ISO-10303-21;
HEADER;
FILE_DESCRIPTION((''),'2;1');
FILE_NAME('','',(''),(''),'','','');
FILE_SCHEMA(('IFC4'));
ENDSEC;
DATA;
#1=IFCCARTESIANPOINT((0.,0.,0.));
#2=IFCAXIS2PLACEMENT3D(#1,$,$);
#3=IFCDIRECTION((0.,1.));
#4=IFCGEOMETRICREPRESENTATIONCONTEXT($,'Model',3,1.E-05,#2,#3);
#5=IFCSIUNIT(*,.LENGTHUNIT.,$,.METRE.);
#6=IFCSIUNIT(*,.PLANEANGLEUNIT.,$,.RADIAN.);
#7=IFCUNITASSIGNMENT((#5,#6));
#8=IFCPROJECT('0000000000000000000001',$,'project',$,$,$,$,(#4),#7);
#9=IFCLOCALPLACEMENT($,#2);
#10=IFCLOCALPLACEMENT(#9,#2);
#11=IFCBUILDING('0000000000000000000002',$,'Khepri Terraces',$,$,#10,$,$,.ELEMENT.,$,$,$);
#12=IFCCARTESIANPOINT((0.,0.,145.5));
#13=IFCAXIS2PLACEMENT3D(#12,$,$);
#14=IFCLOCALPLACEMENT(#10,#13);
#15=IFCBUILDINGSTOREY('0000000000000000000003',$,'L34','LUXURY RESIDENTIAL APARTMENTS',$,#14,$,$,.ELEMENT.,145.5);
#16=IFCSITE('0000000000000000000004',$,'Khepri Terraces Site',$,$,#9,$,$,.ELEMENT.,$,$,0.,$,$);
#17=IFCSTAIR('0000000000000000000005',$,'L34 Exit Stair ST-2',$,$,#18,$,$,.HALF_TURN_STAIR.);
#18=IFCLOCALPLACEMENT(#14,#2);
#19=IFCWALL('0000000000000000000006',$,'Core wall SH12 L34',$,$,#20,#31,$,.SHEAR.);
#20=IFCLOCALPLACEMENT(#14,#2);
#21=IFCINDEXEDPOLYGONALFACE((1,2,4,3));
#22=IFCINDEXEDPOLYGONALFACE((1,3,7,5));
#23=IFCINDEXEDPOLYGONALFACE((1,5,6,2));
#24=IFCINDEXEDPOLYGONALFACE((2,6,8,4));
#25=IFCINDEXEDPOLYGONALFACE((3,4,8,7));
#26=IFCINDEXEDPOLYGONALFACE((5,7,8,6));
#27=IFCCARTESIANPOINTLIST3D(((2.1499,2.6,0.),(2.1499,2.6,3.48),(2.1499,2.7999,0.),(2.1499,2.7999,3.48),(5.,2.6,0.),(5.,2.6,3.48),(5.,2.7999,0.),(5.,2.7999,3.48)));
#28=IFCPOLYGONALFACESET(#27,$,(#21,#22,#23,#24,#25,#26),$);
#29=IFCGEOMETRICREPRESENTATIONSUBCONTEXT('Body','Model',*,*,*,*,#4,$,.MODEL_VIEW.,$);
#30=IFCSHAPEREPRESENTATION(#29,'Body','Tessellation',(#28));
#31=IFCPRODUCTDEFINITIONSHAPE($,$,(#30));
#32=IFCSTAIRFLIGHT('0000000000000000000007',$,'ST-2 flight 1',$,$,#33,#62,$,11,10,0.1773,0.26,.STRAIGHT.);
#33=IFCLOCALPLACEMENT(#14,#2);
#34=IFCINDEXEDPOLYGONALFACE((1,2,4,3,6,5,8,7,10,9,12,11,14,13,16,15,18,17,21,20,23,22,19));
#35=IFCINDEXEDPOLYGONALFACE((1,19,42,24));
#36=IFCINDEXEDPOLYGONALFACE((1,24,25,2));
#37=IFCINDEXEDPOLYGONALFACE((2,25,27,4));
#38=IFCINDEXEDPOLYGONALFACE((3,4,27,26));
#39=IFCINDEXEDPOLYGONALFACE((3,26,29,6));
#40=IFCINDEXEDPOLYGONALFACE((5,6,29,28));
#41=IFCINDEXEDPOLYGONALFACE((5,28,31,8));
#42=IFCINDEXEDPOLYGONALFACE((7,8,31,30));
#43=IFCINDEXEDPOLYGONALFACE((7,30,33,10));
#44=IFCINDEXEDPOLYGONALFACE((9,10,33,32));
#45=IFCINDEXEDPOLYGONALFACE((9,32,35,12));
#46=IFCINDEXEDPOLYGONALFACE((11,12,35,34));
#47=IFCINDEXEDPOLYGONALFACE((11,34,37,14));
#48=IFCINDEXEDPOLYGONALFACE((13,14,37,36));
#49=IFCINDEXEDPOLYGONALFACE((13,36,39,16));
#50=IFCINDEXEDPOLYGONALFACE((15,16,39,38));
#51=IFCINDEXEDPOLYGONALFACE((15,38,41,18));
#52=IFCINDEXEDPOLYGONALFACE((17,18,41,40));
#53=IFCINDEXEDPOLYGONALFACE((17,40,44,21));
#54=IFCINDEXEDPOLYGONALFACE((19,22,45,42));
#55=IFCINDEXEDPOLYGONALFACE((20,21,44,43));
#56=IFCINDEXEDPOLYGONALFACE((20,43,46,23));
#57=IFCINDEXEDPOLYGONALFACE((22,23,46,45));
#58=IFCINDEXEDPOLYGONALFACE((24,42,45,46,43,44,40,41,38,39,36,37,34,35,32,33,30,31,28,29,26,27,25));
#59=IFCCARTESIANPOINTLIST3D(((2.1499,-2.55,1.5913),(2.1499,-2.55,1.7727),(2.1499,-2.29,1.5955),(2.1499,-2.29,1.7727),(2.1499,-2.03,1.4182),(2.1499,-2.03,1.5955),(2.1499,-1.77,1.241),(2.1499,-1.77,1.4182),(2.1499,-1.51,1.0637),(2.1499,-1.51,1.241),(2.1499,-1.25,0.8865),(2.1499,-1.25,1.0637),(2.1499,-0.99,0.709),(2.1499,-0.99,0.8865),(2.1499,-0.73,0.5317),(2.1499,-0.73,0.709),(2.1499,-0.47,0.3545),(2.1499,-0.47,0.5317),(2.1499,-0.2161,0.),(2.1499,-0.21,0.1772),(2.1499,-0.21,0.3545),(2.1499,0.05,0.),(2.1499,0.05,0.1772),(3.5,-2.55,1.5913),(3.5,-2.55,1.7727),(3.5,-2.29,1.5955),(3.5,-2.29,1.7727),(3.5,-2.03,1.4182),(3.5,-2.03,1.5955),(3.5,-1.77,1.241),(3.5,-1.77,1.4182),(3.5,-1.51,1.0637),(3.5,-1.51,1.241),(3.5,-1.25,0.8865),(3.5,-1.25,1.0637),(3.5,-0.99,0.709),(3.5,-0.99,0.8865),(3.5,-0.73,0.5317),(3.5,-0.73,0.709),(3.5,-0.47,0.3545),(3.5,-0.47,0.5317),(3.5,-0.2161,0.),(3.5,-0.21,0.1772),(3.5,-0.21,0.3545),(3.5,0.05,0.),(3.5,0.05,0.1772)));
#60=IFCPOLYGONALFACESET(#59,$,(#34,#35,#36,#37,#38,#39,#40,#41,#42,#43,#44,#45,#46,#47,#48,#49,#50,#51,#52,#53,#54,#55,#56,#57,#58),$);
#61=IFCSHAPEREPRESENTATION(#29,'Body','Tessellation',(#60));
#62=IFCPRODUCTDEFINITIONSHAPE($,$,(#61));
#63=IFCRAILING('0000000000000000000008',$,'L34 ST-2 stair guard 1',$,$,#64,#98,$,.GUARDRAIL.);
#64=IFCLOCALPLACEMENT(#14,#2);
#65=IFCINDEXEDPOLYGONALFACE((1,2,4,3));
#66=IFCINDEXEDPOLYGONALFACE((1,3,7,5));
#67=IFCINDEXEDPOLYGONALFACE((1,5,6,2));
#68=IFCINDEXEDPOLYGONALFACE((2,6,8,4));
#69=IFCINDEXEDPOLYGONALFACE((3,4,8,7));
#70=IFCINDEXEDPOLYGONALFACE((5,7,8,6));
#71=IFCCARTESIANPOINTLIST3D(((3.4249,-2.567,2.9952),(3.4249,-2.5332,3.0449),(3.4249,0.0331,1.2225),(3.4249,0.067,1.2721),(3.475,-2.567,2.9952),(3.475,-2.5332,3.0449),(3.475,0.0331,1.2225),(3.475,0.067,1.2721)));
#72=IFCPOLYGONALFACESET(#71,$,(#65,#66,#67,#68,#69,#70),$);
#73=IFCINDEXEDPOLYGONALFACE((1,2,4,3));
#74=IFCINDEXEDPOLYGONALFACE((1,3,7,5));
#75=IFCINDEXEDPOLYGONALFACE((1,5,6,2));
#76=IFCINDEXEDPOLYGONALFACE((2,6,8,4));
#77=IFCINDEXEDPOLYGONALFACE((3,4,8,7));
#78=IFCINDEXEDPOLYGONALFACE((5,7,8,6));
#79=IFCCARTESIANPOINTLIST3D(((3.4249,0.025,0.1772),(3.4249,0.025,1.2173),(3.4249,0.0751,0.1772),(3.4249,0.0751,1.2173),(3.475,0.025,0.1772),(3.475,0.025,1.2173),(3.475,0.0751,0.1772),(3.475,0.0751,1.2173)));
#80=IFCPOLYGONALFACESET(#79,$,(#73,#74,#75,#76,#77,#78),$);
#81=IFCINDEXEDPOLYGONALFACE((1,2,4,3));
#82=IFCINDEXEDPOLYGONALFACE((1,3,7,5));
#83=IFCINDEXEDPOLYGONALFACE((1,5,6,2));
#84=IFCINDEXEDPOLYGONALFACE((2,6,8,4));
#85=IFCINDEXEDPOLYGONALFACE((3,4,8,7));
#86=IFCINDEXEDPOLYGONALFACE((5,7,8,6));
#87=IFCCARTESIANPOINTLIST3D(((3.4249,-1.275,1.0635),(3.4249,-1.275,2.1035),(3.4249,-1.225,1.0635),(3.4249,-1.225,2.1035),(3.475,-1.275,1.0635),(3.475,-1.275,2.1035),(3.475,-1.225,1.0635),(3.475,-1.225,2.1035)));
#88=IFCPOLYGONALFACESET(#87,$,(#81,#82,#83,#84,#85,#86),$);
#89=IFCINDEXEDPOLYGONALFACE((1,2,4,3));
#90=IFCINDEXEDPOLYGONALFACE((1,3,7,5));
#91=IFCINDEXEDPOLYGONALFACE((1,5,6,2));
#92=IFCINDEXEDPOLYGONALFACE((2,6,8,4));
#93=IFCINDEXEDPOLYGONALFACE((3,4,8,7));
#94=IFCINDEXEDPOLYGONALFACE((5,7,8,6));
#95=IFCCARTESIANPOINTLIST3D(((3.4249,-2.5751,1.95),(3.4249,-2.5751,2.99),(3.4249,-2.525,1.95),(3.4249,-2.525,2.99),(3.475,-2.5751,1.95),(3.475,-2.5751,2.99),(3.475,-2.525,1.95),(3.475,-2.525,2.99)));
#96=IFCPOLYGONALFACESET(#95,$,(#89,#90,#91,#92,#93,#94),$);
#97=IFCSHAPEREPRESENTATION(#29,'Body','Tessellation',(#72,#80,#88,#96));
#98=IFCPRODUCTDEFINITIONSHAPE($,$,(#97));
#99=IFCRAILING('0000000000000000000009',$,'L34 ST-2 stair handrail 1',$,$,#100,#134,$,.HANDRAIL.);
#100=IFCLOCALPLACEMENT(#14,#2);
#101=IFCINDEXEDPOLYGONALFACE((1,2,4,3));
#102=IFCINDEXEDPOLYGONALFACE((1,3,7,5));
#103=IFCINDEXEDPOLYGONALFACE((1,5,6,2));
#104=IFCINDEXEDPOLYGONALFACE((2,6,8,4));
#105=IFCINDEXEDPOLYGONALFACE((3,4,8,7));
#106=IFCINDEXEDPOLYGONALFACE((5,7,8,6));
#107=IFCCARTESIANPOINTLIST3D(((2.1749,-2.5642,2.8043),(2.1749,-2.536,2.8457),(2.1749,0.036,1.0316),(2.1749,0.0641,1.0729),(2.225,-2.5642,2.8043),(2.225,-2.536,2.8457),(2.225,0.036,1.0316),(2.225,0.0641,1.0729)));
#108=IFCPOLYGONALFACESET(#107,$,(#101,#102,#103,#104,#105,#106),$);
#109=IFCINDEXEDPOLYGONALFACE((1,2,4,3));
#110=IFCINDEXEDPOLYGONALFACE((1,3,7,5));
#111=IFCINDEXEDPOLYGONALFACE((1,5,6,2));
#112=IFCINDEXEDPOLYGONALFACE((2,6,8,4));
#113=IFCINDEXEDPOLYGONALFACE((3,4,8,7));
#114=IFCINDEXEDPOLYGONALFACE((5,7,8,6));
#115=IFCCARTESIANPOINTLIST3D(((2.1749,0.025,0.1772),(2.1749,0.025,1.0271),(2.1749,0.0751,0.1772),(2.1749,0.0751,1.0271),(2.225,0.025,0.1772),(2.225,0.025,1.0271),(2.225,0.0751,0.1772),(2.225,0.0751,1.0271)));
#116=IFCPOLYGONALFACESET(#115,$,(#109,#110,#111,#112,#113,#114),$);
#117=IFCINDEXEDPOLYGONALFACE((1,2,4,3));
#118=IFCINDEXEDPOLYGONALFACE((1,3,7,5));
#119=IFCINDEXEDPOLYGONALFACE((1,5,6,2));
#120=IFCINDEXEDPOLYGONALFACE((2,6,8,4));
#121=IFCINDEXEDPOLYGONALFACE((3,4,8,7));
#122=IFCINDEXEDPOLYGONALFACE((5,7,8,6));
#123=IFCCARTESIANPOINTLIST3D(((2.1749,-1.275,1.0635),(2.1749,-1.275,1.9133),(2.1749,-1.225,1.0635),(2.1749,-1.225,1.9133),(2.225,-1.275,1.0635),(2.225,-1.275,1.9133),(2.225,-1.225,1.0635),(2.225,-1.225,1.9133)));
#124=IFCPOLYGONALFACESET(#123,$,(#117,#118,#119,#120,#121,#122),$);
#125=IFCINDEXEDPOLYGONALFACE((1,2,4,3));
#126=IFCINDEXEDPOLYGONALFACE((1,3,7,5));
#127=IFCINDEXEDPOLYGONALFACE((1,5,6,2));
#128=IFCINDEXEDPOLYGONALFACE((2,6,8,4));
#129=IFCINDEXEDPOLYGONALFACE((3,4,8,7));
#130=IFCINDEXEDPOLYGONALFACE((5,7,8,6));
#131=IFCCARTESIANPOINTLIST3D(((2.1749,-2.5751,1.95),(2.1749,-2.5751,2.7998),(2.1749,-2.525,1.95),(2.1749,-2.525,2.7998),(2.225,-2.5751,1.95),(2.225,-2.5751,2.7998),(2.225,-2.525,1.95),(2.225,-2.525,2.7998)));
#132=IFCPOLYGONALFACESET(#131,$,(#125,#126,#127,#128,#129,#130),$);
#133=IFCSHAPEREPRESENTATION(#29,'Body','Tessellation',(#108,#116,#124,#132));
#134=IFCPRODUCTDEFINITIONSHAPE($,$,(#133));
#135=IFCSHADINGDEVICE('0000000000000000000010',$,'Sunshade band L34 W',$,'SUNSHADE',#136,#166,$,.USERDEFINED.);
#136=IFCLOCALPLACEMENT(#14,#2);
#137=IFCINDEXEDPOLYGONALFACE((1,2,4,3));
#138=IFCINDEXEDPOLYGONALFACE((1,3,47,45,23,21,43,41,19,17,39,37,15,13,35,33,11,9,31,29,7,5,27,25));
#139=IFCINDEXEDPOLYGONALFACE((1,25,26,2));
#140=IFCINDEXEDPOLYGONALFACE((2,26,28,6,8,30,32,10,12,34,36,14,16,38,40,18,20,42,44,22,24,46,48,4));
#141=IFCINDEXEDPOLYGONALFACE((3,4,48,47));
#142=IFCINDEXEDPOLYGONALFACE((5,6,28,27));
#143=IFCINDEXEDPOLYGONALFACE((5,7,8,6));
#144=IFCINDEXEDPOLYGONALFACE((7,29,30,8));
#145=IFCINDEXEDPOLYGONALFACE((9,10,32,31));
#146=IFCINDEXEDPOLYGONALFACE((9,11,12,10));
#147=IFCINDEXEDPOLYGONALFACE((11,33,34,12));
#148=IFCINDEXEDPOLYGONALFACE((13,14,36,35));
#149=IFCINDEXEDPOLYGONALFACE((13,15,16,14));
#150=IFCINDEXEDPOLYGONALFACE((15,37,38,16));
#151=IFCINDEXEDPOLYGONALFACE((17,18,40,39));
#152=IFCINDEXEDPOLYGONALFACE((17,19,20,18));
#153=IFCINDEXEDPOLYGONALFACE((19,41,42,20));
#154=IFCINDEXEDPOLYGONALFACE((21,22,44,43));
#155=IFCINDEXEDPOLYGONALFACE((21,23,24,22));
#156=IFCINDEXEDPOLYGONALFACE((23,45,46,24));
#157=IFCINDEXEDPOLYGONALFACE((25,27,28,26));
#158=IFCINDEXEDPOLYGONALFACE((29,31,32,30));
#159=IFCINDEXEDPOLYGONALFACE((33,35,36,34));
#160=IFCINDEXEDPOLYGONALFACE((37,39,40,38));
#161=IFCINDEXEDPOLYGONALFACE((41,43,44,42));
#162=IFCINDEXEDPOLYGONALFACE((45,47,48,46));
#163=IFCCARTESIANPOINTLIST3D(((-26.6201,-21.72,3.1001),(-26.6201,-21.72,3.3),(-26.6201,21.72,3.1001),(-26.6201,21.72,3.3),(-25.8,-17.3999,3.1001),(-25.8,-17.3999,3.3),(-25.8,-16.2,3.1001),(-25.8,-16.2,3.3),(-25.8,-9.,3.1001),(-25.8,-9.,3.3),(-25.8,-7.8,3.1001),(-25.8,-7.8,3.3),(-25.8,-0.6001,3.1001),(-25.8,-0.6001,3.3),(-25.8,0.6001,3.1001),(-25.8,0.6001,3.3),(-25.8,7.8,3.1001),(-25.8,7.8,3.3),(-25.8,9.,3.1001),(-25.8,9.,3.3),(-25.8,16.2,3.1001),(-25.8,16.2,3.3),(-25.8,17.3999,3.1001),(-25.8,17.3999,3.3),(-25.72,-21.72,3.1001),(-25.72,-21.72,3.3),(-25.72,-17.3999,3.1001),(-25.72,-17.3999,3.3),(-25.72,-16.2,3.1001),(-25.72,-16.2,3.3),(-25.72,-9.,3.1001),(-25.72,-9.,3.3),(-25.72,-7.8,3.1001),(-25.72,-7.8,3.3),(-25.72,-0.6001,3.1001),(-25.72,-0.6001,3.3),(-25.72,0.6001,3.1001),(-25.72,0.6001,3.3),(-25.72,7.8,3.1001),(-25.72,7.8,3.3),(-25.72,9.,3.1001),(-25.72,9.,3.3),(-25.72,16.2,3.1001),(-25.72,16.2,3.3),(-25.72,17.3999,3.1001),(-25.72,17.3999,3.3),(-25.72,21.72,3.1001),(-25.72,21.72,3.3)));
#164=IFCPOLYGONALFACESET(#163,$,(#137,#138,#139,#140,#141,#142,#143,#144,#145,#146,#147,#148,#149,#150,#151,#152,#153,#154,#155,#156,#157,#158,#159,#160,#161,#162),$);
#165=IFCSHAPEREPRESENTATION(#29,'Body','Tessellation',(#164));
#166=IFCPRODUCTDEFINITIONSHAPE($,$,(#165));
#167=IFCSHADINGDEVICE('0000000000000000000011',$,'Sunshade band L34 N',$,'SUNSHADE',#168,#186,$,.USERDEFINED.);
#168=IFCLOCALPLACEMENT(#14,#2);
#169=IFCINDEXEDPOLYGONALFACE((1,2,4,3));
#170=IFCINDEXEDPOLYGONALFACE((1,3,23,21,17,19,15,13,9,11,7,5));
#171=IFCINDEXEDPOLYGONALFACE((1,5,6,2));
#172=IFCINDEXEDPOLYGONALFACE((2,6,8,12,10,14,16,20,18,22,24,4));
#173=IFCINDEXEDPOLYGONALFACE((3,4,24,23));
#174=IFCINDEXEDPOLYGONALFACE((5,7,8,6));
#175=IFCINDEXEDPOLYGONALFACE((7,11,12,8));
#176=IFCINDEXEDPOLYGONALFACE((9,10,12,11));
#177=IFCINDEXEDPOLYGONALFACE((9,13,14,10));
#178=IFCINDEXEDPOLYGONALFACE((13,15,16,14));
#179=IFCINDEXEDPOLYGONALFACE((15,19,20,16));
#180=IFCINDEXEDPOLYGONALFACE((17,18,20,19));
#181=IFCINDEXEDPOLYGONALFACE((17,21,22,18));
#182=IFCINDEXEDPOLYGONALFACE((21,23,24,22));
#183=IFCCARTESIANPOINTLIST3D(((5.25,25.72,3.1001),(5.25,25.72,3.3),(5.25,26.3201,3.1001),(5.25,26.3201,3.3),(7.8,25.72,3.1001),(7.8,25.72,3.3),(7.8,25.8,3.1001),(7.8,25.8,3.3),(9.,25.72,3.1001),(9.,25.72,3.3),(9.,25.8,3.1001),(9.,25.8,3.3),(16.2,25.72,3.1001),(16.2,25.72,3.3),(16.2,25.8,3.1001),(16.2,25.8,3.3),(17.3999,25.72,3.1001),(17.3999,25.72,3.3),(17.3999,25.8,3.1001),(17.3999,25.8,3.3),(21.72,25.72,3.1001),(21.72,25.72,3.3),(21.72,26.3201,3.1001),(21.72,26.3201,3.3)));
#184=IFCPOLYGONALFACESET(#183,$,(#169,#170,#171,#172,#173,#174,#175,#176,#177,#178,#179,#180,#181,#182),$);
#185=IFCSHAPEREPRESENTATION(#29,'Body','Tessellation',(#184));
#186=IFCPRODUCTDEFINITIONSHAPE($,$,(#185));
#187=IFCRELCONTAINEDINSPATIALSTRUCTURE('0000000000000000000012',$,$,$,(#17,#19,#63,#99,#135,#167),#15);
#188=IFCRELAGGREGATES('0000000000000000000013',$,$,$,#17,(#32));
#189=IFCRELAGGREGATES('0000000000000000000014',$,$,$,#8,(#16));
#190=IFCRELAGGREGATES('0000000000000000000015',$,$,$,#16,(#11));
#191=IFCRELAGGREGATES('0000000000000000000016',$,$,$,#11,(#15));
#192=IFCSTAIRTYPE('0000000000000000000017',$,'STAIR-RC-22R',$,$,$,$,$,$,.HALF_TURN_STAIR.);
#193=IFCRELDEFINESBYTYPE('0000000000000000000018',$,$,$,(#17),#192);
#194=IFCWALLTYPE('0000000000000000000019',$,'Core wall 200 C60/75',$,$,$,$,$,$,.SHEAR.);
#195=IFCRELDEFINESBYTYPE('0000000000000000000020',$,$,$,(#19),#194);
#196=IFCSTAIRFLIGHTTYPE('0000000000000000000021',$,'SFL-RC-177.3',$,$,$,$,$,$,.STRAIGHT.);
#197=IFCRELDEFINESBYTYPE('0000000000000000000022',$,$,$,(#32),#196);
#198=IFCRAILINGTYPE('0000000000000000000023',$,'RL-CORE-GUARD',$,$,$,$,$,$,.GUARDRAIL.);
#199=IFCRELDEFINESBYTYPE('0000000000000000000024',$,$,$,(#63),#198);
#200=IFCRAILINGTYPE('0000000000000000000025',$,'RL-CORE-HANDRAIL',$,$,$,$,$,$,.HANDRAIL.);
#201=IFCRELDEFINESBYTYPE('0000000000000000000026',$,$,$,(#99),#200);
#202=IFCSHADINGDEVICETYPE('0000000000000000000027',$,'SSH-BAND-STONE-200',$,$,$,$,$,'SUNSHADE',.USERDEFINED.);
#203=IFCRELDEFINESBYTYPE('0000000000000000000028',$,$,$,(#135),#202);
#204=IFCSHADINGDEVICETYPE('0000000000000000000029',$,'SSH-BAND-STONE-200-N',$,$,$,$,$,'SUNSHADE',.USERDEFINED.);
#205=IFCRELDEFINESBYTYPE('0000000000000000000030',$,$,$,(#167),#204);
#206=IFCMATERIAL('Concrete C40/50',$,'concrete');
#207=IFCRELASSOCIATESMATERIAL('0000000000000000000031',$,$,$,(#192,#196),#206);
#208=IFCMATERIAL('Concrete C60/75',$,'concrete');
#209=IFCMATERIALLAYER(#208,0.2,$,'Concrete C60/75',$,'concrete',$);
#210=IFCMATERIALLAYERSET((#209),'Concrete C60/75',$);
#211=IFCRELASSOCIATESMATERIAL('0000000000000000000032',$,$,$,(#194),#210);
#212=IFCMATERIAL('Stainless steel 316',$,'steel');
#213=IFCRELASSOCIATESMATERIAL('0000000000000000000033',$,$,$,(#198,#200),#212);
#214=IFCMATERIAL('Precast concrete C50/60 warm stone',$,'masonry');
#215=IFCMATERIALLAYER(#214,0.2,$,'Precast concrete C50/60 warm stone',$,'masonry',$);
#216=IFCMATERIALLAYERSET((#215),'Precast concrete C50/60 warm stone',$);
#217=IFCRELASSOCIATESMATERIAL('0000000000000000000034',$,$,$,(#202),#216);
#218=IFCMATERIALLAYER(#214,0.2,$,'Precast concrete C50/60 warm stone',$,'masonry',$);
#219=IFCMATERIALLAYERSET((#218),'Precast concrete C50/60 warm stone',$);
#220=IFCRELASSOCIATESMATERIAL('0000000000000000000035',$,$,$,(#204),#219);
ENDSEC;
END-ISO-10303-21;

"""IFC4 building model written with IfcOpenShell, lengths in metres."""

from ifc_helpers import new_model, si_unit, direction, frame, frame_2d, origin, origin_2d, place, context, subcontext, project, spatial, polyline, rectangle, outline, extrude, material, layer, layer_set, type_object, element, aggregate, save


model = new_model("IFC4")

# Units and contexts
model_context = context("Model", 3, precision=1e-05, world=origin(), true_north=direction((0.0, 1.0)))
body_context = subcontext(model_context, "Body", "Model", "MODEL_VIEW")
ifc_project = project(units=[si_unit("LENGTHUNIT", "METRE"), si_unit("PLANEANGLEUNIT", "RADIAN")], contexts=[model_context])

# Site, building, storey
site_placement = place(None, origin())
site = spatial("IfcSite", under=ifc_project, at=site_placement, Name="Khepri Terraces Site", CompositionType="ELEMENT", RefElevation=0.0)
building_placement = place(site_placement, origin())
building = spatial("IfcBuilding", under=site, at=building_placement, Name="Khepri Terraces", CompositionType="ELEMENT")
storey_placement = place(building_placement, frame((0.0, 0.0, 145.5)))
storey = spatial("IfcBuildingStorey", under=building, at=storey_placement, Name="L34", Description="LUXURY RESIDENTIAL APARTMENTS", CompositionType="ELEMENT", Elevation=145.5)

# Stair
ifc_material_1 = material(Name="Concrete C40/50", Category="concrete")
stair_type = type_object("IfcStairType", Name="STAIR-RC-22R", PredefinedType="HALF_TURN_STAIR", material=ifc_material_1)
stair_1_placement = place(storey_placement, origin())
stair_1 = element("IfcStair", 1, at=stair_1_placement, inside=storey, type_object=stair_type, Name="L34 Exit Stair ST-2", PredefinedType="HALF_TURN_STAIR")

# Shared definitions
ifc_material_2 = material(Name="Concrete C60/75", Category="concrete")
ifc_layer_1 = layer(ifc_material_2, 0.2, Name="Concrete C60/75", Category="concrete")
ifc_layer_set_1 = layer_set([ifc_layer_1], Name="Concrete C60/75")
wall_type = type_object("IfcWallType", Name="Core wall 200 C60/75", PredefinedType="SHEAR", material=ifc_layer_set_1)

# Wall
wall_1_placement = place(storey_placement, frame((2.1499, 2.7, 0.0), z_axis=(0.0, 0.0, 1.0), x_axis=(1.0, 0.0, 0.0)))
element("IfcWall", 2, at=wall_1_placement, inside=storey, type_object=wall_type, Name="Core wall SH12 L34", PredefinedType="SHEAR", context=body_context, shape_type="SweptSolid", body=[
    extrude(rectangle(XDim=2.8501, YDim=0.2, at=frame_2d((1.425, 0.0))), origin(), (0.0, 0.0, 1.0), 3.48),
])

# Stair flight
stair_flight_type = type_object("IfcStairFlightType", Name="SFL-RC-177.3", PredefinedType="STRAIGHT", material=ifc_material_1)
stair_flight_placement = place(storey_placement, frame((2.825, 0.05, 0.0), z_axis=(0.0, 0.0, 1.0), x_axis=(0.0, -1.0, 0.0)))
stair_flight = element("IfcStairFlight", 3, at=stair_flight_placement, type_object=stair_flight_type, Name="ST-2 flight 1", NumberOfRisers=11, NumberOfTreads=10, PredefinedType="STRAIGHT", RiserHeight=0.1773, TreadLength=0.26, context=body_context, shape_type="SweptSolid", body=[
    extrude(outline(polyline([(0.0, 0.0), (0.0, 0.1772), (0.26, 0.1772), (0.26, 0.3545), (0.52, 0.3545), (0.52, 0.5317), (0.78, 0.5317), (0.78, 0.709), (1.04, 0.709), (1.04, 0.8865), (1.3, 0.8865), (1.3, 1.0637), (1.5601, 1.0637), (1.5601, 1.241), (1.8201, 1.241), (1.8201, 1.4182), (2.0801, 1.4182), (2.0801, 1.5955), (2.3401, 1.5955), (2.3401, 1.7727), (2.6001, 1.7727), (2.6001, 1.95), (2.6001, 1.5913), (0.2661, 0.0), (0.0, 0.0)])), frame((0.0, 0.675, 0.0), z_axis=(0.0, -1.0, 0.0), x_axis=(1.0, 0.0, 0.0)), (0.0, 0.0, 1.0), 1.3501),
])
aggregate(stair_1, [stair_flight])

# Railings
ifc_material_3 = material(Name="Stainless steel 316", Category="steel")
railing_type_1 = type_object("IfcRailingType", Name="RL-CORE-GUARD", PredefinedType="GUARDRAIL", material=ifc_material_3)
railing_1_placement = place(storey_placement, frame((3.45, 0.05, 0.1772)))
element("IfcRailing", 4, at=railing_1_placement, inside=storey, type_object=railing_type_1, Name="L34 ST-2 stair guard 1", PredefinedType="GUARDRAIL", context=body_context, shape_type="SweptSolid", body=[
    extrude(rectangle(XDim=0.05, YDim=0.0601, at=origin_2d()), frame((0.0, 0.0, 1.0701), z_axis=(0.0, -0.82624, 0.563318), x_axis=(1.0, 0.0, 0.0)), (0.0, 0.0, 1.0), 3.147),
    extrude(rectangle(XDim=0.05, YDim=0.05, at=origin_2d()), origin(), (0.0, 0.0, 1.0), 1.04),
    extrude(rectangle(XDim=0.05, YDim=0.05, at=origin_2d()), frame((0.0, -1.3, 0.8862)), (0.0, 0.0, 1.0), 1.04),
    extrude(rectangle(XDim=0.05, YDim=0.05, at=origin_2d()), frame((0.0, -2.6001, 1.7727)), (0.0, 0.0, 1.0), 1.04),
])
railing_type_2 = type_object("IfcRailingType", Name="RL-CORE-HANDRAIL", PredefinedType="HANDRAIL", material=ifc_material_3)
railing_2_placement = place(storey_placement, frame((2.2, 0.05, 0.1772)))
element("IfcRailing", 5, at=railing_2_placement, inside=storey, type_object=railing_type_2, Name="L34 ST-2 stair handrail 1", PredefinedType="HANDRAIL", context=body_context, shape_type="SweptSolid", body=[
    extrude(rectangle(XDim=0.05, YDim=0.05, at=origin_2d()), frame((0.0, 0.0, 0.875), z_axis=(0.0, -0.82624, 0.563318), x_axis=(1.0, 0.0, 0.0)), (0.0, 0.0, 1.0), 3.147),
    extrude(rectangle(XDim=0.05, YDim=0.05, at=origin_2d()), origin(), (0.0, 0.0, 1.0), 0.8499),
    extrude(rectangle(XDim=0.05, YDim=0.05, at=origin_2d()), frame((0.0, -1.3, 0.8862)), (0.0, 0.0, 1.0), 0.8499),
    extrude(rectangle(XDim=0.05, YDim=0.05, at=origin_2d()), frame((0.0, -2.6001, 1.7727)), (0.0, 0.0, 1.0), 0.8499),
])

# Shading devices
ifc_material_4 = material(Name="Precast concrete C50/60 warm stone", Category="masonry")
ifc_layer_2 = layer(ifc_material_4, 0.2, Name="Precast concrete C50/60 warm stone", Category="masonry")
ifc_layer_set_2 = layer_set([ifc_layer_2], Name="Precast concrete C50/60 warm stone")
shading_device_type_1 = type_object("IfcShadingDeviceType", Name="SSH-BAND-STONE-200", ElementType="SUNSHADE", PredefinedType="USERDEFINED", material=ifc_layer_set_2)
shading_device_1_placement = place(storey_placement, frame((0.0, 0.0, 3.1001)))
element("IfcShadingDevice", 6, at=shading_device_1_placement, inside=storey, type_object=shading_device_type_1, Name="Sunshade band L34 W", ObjectType="SUNSHADE", PredefinedType="USERDEFINED", context=body_context, shape_type="SweptSolid", body=[
    extrude(outline(polyline([(-25.72, 17.3999), (-25.72, 21.72), (-26.6201, 21.72), (-26.6201, -21.72), (-25.72, -21.72), (-25.72, -17.3999), (-25.8, -17.3999), (-25.8, -16.2), (-25.72, -16.2), (-25.72, -9.0), (-25.8, -9.0), (-25.8, -7.8), (-25.72, -7.8), (-25.72, -0.6001), (-25.8, -0.6001), (-25.8, 0.6001), (-25.72, 0.6001), (-25.72, 7.8), (-25.8, 7.8), (-25.8, 9.0), (-25.72, 9.0), (-25.72, 16.2), (-25.8, 16.2), (-25.8, 17.3999), (-25.72, 17.3999)])), origin(), (0.0, 0.0, 1.0), 0.2),
])
ifc_layer_3 = layer(ifc_material_4, 0.2, Name="Precast concrete C50/60 warm stone", Category="masonry")
ifc_layer_set_3 = layer_set([ifc_layer_3], Name="Precast concrete C50/60 warm stone")
shading_device_type_2 = type_object("IfcShadingDeviceType", Name="SSH-BAND-STONE-200-N", ElementType="SUNSHADE", PredefinedType="USERDEFINED", material=ifc_layer_set_3)
shading_device_2_placement = place(storey_placement, frame((0.0, 0.0, 3.1001)))
element("IfcShadingDevice", 7, at=shading_device_2_placement, inside=storey, type_object=shading_device_type_2, Name="Sunshade band L34 N", ObjectType="SUNSHADE", PredefinedType="USERDEFINED", context=body_context, shape_type="SweptSolid", body=[
    extrude(outline(polyline([(17.3999, 25.72), (21.72, 25.72), (21.72, 26.3201), (5.25, 26.3201), (5.25, 25.72), (7.8, 25.72), (7.8, 25.8), (9.0, 25.8), (9.0, 25.72), (16.2, 25.72), (16.2, 25.8), (17.3999, 25.8), (17.3999, 25.72)])), origin(), (0.0, 0.0, 1.0), 0.2),
])

save(model, "model.ifc")
